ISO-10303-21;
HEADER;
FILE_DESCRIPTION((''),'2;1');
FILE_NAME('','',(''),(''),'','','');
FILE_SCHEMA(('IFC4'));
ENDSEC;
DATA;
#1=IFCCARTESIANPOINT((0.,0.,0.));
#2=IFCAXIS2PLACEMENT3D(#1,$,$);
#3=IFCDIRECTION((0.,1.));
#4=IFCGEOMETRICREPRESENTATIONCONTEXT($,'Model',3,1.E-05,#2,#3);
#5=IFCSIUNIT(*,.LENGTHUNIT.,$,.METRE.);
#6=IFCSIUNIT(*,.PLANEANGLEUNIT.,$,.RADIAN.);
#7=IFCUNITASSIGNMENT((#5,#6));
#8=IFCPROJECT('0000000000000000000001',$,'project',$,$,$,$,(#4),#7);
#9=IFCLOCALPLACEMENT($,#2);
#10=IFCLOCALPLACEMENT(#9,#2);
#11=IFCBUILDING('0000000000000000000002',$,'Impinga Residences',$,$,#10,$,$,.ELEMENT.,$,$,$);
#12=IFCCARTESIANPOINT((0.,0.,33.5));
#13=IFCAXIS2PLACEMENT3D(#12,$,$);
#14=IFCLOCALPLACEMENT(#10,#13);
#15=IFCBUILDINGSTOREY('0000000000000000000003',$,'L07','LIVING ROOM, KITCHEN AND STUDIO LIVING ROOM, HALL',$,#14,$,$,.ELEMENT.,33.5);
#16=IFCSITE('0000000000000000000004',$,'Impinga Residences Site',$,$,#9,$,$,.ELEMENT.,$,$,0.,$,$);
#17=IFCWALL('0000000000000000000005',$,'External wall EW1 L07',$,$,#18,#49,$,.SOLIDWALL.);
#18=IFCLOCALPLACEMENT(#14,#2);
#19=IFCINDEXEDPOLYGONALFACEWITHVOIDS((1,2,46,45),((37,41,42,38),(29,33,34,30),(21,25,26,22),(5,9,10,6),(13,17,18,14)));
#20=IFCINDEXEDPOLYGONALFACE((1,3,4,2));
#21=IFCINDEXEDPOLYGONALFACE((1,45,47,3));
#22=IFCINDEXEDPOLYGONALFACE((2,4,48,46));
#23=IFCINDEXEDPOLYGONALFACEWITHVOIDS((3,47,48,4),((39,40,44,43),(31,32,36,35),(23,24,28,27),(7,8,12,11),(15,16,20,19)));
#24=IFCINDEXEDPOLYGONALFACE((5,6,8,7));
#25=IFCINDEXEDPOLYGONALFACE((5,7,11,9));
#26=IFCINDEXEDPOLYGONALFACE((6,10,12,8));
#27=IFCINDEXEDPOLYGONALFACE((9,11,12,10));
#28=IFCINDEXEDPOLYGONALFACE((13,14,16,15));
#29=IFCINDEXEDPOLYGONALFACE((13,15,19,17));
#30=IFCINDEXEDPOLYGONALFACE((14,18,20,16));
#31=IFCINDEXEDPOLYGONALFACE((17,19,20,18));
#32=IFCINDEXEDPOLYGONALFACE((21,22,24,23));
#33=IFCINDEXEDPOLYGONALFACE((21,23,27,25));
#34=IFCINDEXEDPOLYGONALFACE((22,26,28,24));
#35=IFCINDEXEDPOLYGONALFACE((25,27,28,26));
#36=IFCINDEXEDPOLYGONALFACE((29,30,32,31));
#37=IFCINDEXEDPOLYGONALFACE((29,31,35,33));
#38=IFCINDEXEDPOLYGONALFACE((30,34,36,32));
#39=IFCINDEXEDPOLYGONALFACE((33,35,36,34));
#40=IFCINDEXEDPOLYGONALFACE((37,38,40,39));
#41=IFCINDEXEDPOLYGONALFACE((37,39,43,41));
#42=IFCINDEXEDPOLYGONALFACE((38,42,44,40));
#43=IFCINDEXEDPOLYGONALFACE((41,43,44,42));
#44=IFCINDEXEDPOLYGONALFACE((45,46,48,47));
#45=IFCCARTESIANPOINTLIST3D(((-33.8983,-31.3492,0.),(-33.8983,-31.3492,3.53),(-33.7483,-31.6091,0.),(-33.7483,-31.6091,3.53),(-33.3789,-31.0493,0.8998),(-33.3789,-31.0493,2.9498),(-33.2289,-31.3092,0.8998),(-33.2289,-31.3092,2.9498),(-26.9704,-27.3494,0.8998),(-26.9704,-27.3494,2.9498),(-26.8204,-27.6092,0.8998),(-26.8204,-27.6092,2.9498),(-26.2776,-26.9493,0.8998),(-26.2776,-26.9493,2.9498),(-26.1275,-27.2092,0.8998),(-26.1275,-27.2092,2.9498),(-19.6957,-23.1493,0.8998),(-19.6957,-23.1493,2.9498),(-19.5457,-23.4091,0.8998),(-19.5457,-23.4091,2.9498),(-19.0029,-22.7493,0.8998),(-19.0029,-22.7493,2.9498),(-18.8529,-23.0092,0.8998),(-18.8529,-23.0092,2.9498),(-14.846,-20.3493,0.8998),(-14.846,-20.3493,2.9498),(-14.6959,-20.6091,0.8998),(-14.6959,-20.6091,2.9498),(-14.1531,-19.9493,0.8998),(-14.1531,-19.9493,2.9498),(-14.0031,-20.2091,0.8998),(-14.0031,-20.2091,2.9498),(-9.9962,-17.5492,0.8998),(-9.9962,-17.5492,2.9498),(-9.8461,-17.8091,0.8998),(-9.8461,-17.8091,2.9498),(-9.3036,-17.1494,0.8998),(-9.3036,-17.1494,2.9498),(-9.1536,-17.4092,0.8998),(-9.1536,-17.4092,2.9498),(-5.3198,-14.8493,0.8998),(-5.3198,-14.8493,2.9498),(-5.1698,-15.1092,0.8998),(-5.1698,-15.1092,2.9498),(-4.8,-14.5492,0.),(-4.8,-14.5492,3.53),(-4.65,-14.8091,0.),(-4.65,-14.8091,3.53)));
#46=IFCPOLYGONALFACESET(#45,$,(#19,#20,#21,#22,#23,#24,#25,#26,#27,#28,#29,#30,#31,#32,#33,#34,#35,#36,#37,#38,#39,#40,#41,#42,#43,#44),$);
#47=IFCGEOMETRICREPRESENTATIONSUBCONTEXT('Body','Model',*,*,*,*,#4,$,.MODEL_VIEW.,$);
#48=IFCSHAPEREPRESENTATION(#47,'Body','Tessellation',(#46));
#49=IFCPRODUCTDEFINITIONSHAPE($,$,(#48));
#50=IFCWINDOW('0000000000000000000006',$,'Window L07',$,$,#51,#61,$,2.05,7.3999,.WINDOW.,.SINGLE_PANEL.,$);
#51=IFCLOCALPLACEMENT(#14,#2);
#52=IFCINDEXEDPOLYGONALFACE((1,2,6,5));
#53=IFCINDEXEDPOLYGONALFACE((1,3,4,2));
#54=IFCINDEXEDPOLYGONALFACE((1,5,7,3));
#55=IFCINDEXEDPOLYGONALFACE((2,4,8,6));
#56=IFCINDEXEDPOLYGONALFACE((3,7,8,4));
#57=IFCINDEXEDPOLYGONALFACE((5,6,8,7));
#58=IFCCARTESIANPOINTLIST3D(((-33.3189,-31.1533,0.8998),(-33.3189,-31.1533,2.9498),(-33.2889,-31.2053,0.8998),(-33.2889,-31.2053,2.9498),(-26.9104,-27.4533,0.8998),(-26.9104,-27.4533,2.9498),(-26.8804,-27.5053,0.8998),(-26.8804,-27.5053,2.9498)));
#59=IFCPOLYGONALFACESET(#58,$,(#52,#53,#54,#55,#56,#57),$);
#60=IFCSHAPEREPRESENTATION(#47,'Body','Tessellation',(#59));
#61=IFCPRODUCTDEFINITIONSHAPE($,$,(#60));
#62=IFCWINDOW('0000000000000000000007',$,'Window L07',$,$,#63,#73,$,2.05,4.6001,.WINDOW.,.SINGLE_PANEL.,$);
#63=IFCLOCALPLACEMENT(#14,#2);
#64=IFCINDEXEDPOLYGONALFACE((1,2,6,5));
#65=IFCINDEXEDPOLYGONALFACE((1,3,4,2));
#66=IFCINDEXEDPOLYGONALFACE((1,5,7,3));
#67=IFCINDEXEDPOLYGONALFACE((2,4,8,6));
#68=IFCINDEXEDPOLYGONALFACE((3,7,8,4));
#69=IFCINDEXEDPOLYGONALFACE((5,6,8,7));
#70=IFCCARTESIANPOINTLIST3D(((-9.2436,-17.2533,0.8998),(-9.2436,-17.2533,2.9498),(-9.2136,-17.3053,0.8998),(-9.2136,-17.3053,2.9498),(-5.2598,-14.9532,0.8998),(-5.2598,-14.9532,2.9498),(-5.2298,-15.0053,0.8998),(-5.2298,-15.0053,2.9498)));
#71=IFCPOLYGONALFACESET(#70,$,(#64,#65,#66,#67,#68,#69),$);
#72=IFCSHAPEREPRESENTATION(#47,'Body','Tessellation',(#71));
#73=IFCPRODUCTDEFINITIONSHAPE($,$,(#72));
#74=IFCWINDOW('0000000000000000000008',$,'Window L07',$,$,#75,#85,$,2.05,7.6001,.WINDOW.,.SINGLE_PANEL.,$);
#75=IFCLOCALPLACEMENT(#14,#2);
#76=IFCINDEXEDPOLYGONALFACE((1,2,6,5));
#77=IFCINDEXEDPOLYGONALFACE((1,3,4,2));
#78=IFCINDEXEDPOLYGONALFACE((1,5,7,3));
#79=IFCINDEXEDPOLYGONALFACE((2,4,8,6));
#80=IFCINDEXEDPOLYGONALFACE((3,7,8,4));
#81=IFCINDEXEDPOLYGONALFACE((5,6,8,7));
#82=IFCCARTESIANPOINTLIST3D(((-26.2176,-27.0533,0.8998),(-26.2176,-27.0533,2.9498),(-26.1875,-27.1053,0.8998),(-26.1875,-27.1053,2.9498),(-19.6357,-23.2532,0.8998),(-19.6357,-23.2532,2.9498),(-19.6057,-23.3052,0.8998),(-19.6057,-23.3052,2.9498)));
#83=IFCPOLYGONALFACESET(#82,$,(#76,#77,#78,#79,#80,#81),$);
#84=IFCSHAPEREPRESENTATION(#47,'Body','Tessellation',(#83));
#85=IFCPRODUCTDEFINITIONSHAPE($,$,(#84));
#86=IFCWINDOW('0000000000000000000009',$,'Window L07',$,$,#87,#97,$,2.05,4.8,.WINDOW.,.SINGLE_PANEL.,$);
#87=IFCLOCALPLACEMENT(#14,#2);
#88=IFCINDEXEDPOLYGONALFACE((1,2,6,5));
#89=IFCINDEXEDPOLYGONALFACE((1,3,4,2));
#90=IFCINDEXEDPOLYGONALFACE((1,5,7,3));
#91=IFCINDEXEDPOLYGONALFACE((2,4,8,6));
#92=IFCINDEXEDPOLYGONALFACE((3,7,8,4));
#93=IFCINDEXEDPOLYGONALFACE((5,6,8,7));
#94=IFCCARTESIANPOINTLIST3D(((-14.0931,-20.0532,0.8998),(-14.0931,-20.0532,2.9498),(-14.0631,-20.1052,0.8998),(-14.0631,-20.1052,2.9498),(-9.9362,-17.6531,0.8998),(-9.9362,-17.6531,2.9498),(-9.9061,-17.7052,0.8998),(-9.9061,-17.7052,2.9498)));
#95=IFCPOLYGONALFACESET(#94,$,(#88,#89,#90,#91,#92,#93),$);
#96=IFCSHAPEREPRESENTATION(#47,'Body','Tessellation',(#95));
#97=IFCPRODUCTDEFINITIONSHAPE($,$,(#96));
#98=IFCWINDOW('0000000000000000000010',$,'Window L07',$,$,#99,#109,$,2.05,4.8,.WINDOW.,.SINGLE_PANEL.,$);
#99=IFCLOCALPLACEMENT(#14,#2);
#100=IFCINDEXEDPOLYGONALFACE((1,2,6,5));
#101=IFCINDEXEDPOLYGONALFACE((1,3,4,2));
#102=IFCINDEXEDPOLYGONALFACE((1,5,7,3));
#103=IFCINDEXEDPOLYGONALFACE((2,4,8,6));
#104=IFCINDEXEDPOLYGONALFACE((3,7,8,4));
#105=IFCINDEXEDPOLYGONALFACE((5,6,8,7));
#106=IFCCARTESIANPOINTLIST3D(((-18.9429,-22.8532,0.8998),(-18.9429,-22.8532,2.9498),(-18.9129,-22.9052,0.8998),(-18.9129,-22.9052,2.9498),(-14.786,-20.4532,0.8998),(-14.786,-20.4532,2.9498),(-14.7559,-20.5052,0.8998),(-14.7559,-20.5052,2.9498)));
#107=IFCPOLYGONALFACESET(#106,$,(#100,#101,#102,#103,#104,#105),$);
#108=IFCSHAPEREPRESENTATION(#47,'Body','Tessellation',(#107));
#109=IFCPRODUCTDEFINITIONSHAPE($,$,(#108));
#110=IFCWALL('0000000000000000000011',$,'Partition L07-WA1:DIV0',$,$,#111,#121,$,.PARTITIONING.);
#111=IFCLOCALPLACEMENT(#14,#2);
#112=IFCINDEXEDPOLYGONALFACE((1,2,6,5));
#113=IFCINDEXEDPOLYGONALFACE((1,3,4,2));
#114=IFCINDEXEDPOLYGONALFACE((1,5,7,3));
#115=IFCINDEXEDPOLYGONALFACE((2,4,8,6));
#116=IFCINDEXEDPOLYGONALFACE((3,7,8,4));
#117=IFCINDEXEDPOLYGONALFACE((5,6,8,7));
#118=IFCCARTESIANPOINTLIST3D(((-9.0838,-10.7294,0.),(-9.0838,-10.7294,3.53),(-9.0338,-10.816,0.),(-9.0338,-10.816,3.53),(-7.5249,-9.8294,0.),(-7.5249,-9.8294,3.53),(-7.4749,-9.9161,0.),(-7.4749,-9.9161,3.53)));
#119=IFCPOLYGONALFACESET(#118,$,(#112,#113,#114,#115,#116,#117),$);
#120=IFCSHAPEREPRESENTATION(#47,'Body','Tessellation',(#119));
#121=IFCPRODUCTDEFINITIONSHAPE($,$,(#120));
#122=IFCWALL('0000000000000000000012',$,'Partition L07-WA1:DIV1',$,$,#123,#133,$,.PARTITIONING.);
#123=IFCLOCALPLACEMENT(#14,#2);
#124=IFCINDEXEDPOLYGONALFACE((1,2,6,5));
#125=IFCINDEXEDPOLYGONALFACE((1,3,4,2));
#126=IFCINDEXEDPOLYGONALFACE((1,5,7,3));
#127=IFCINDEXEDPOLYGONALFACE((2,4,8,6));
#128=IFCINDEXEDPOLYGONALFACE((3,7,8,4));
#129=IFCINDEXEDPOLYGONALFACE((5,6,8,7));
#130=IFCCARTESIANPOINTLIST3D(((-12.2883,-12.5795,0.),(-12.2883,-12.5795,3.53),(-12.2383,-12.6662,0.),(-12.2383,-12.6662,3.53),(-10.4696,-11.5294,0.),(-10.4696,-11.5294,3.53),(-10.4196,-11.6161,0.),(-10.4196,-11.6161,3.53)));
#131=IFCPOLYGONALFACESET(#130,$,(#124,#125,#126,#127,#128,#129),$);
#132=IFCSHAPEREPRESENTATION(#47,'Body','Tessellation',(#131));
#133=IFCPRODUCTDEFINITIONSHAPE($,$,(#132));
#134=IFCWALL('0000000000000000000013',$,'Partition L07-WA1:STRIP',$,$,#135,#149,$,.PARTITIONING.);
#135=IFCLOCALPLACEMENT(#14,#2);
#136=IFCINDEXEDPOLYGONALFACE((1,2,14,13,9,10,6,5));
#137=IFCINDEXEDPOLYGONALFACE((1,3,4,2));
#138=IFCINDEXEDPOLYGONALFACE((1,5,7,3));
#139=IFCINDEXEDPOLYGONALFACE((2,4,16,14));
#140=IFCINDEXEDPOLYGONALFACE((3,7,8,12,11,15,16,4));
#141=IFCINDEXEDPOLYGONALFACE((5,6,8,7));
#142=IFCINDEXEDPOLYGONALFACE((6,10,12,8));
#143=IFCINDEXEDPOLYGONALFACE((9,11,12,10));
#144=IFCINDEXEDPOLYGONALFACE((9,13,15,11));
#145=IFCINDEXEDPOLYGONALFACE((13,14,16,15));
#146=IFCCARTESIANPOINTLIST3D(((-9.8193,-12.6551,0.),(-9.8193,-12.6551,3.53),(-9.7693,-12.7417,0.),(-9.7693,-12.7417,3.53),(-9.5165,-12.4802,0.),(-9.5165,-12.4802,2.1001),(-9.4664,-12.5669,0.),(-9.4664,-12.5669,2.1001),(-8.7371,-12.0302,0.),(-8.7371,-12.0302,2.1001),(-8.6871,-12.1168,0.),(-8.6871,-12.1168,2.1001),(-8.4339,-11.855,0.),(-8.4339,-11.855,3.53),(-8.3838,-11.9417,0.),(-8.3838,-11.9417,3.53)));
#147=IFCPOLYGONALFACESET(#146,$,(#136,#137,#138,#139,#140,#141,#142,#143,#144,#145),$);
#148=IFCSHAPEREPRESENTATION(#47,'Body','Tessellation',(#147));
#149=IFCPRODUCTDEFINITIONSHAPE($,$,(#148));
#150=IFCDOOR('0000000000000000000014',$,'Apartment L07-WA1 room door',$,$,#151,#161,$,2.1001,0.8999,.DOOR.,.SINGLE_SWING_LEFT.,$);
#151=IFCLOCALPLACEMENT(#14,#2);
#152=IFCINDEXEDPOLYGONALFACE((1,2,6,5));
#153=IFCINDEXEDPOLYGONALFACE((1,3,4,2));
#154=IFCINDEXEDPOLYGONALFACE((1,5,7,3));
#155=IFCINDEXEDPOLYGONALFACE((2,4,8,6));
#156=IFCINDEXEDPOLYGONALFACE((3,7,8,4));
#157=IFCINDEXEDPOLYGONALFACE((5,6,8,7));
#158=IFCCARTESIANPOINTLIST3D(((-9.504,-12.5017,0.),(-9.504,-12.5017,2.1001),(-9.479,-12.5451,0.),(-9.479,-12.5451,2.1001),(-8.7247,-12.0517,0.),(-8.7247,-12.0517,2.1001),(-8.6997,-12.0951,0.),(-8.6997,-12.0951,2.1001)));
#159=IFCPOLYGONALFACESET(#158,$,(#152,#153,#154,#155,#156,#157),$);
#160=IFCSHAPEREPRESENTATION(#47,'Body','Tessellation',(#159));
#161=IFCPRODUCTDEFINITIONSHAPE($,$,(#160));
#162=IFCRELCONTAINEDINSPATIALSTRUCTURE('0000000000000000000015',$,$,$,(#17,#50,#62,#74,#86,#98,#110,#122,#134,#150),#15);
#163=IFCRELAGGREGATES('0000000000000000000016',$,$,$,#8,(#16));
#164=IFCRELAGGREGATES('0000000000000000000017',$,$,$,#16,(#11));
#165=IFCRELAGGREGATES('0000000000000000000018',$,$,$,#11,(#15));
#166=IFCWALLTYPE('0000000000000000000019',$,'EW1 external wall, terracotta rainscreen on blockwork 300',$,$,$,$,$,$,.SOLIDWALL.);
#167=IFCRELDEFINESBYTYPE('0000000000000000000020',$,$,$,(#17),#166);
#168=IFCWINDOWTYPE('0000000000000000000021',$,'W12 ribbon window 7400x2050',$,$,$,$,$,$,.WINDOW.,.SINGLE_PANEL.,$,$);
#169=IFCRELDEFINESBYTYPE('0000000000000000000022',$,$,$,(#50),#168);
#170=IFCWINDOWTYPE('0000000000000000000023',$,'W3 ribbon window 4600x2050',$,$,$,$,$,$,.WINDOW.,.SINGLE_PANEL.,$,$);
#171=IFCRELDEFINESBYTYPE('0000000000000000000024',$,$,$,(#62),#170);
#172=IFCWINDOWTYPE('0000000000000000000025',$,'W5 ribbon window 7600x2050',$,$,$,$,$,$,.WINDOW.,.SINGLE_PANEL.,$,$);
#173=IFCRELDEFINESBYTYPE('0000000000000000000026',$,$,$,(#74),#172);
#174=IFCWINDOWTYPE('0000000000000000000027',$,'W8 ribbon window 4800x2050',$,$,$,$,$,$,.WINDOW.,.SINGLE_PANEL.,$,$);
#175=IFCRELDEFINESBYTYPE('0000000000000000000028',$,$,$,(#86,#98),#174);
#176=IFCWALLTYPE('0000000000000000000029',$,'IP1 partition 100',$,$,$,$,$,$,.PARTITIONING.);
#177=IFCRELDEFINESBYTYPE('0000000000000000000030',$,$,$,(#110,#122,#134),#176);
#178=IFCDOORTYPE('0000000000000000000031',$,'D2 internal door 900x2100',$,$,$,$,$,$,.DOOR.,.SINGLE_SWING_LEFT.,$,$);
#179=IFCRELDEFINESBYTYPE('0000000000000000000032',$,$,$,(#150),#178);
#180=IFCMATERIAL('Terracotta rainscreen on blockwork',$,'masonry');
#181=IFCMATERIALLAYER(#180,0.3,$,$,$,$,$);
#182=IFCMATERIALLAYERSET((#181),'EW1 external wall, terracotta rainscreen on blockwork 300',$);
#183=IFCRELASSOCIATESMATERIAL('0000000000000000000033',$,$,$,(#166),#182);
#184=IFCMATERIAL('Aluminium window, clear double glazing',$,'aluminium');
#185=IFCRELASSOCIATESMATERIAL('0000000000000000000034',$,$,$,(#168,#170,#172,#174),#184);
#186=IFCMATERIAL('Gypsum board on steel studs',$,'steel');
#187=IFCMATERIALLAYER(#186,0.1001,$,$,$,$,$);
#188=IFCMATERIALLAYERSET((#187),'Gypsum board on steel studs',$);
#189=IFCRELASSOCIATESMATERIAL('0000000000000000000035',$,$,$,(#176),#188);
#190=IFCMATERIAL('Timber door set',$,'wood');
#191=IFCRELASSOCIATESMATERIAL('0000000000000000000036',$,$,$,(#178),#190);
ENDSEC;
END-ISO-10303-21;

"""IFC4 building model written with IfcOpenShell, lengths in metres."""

from ifc_helpers import new_model, si_unit, direction, frame, frame_2d, origin, place, context, subcontext, project, spatial, rectangle, extrude, material, layer, layer_set, type_object, element, fill, save


model = new_model("IFC4")

# Units and contexts
model_context = context("Model", 3, precision=1e-05, world=origin(), true_north=direction((0.0, 1.0)))
body_context = subcontext(model_context, "Body", "Model", "MODEL_VIEW")
ifc_project = project(units=[si_unit("LENGTHUNIT", "METRE"), si_unit("PLANEANGLEUNIT", "RADIAN")], contexts=[model_context])

# Site, building, storey
site_placement = place(None, origin())
site = spatial("IfcSite", under=ifc_project, at=site_placement, Name="Impinga Residences Site", CompositionType="ELEMENT", RefElevation=0.0)
building_placement = place(site_placement, origin())
building = spatial("IfcBuilding", under=site, at=building_placement, Name="Impinga Residences", CompositionType="ELEMENT")
storey_placement = place(building_placement, frame((0.0, 0.0, 33.5)))
storey = spatial("IfcBuildingStorey", under=building, at=storey_placement, Name="L07", Description="LIVING ROOM, KITCHEN AND STUDIO LIVING ROOM, HALL", CompositionType="ELEMENT", Elevation=33.5)

# Shared definitions
ifc_material_1 = material(Name="Timber door set", Category="wood")

# Shared definitions
ifc_material_2 = material(Name="Terracotta rainscreen on blockwork", Category="masonry")
ifc_layer_1 = layer(ifc_material_2, 0.3)
ifc_layer_set_1 = layer_set([ifc_layer_1], Name="EW1 external wall, terracotta rainscreen on blockwork 300")
wall_type_1 = type_object("IfcWallType", Name="EW1 external wall, terracotta rainscreen on blockwork 300", PredefinedType="SOLIDWALL", material=ifc_layer_set_1)

# Wall, openings, windows
wall_1_placement = place(storey_placement, frame((-4.7251, -14.6792, 0.0), z_axis=(0.0, 0.0, 1.0), x_axis=(-0.866024, -0.500002, 0.0)))
wall_1 = element("IfcWall", 1, at=wall_1_placement, inside=storey, type_object=wall_type_1, Name="External wall EW1 L07", PredefinedType="SOLIDWALL", context=body_context, shape_type="SweptSolid", body=[
    extrude(rectangle(XDim=33.5999, YDim=0.3, at=frame_2d((16.7998, 0.0))), origin(), (0.0, 0.0, 1.0), 3.53),
])
opening_1_placement = place(wall_1_placement, frame((0.6001, 0.0, 0.8999)))
opening_1 = element("IfcOpeningElement", 2, at=opening_1_placement, cuts=wall_1, PredefinedType="OPENING", context=body_context, shape_type="SweptSolid", body=[
    extrude(rectangle(XDim=4.6001, YDim=2.05, at=frame_2d((2.3, 1.0249))), frame((0.0, 0.1599, 0.0), z_axis=(0.0, -1.0, 0.0), x_axis=(1.0, 0.0, 0.0)), (0.0, 0.0, 1.0), 0.3201),
])
opening_2_placement = place(wall_1_placement, frame((6.0, 0.0, 0.8999)))
opening_2 = element("IfcOpeningElement", 3, at=opening_2_placement, cuts=wall_1, PredefinedType="OPENING", context=body_context, shape_type="SweptSolid", body=[
    extrude(rectangle(XDim=4.8, YDim=2.05, at=frame_2d((2.3999, 1.0249))), frame((0.0, 0.1599, 0.0), z_axis=(0.0, -1.0, 0.0), x_axis=(1.0, 0.0, 0.0)), (0.0, 0.0, 1.0), 0.3201),
])
opening_3_placement = place(wall_1_placement, frame((11.6001, 0.0, 0.8999)))
opening_3 = element("IfcOpeningElement", 4, at=opening_3_placement, cuts=wall_1, PredefinedType="OPENING", context=body_context, shape_type="SweptSolid", body=[
    extrude(rectangle(XDim=4.8, YDim=2.05, at=frame_2d((2.3999, 1.0249))), frame((0.0, 0.1599, 0.0), z_axis=(0.0, -1.0, 0.0), x_axis=(1.0, 0.0, 0.0)), (0.0, 0.0, 1.0), 0.3201),
])
opening_4_placement = place(wall_1_placement, frame((17.2, 0.0, 0.8999)))
opening_4 = element("IfcOpeningElement", 5, at=opening_4_placement, cuts=wall_1, PredefinedType="OPENING", context=body_context, shape_type="SweptSolid", body=[
    extrude(rectangle(XDim=7.6001, YDim=2.05, at=frame_2d((3.8, 1.0249))), frame((0.0, 0.1599, 0.0), z_axis=(0.0, -1.0, 0.0), x_axis=(1.0, 0.0, 0.0)), (0.0, 0.0, 1.0), 0.3201),
])
opening_5_placement = place(wall_1_placement, frame((25.6001, 0.0, 0.8999)))
opening_5 = element("IfcOpeningElement", 6, at=opening_5_placement, cuts=wall_1, PredefinedType="OPENING", context=body_context, shape_type="SweptSolid", body=[
    extrude(rectangle(XDim=7.3999, YDim=2.05, at=frame_2d((3.7, 1.0249))), frame((0.0, 0.1599, 0.0), z_axis=(0.0, -1.0, 0.0), x_axis=(1.0, 0.0, 0.0)), (0.0, 0.0, 1.0), 0.3201),
])
ifc_material_3 = material(Name="Aluminium window, clear double glazing", Category="aluminium")
window_type_1 = type_object("IfcWindowType", Name="W12 ribbon window 7400x2050", PartitioningType="SINGLE_PANEL", PredefinedType="WINDOW", material=ifc_material_3)
window_1_placement = place(opening_5_placement, origin())
window_1 = element("IfcWindow", 7, at=window_1_placement, inside=storey, type_object=window_type_1, Name="Window L07", OverallHeight=2.05, OverallWidth=7.3999, PartitioningType="SINGLE_PANEL", PredefinedType="WINDOW", context=body_context, shape_type="SweptSolid", body=[
    extrude(rectangle(XDim=7.3999, YDim=2.05, at=frame_2d((3.7, 1.0249))), frame((0.0, 0.03, 0.0), z_axis=(0.0, -1.0, 0.0), x_axis=(1.0, 0.0, 0.0)), (0.0, 0.0, 1.0), 0.0601),
])
fill(opening_5, window_1)
window_type_2 = type_object("IfcWindowType", Name="W3 ribbon window 4600x2050", PartitioningType="SINGLE_PANEL", PredefinedType="WINDOW", material=ifc_material_3)
window_2_placement = place(opening_1_placement, origin())
window_2 = element("IfcWindow", 8, at=window_2_placement, inside=storey, type_object=window_type_2, Name="Window L07", OverallHeight=2.05, OverallWidth=4.6001, PartitioningType="SINGLE_PANEL", PredefinedType="WINDOW", context=body_context, shape_type="SweptSolid", body=[
    extrude(rectangle(XDim=4.6001, YDim=2.05, at=frame_2d((2.3, 1.0249))), frame((0.0, 0.03, 0.0), z_axis=(0.0, -1.0, 0.0), x_axis=(1.0, 0.0, 0.0)), (0.0, 0.0, 1.0), 0.0601),
])
fill(opening_1, window_2)
window_type_3 = type_object("IfcWindowType", Name="W5 ribbon window 7600x2050", PartitioningType="SINGLE_PANEL", PredefinedType="WINDOW", material=ifc_material_3)
window_3_placement = place(opening_4_placement, origin())
window_3 = element("IfcWindow", 9, at=window_3_placement, inside=storey, type_object=window_type_3, Name="Window L07", OverallHeight=2.05, OverallWidth=7.6001, PartitioningType="SINGLE_PANEL", PredefinedType="WINDOW", context=body_context, shape_type="SweptSolid", body=[
    extrude(rectangle(XDim=7.6001, YDim=2.05, at=frame_2d((3.8, 1.0249))), frame((0.0, 0.03, 0.0), z_axis=(0.0, -1.0, 0.0), x_axis=(1.0, 0.0, 0.0)), (0.0, 0.0, 1.0), 0.0601),
])
fill(opening_4, window_3)
window_type_4 = type_object("IfcWindowType", Name="W8 ribbon window 4800x2050", PartitioningType="SINGLE_PANEL", PredefinedType="WINDOW", material=ifc_material_3)
window_4_placement = place(opening_2_placement, origin())
window_4 = element("IfcWindow", 10, at=window_4_placement, inside=storey, type_object=window_type_4, Name="Window L07", OverallHeight=2.05, OverallWidth=4.8, PartitioningType="SINGLE_PANEL", PredefinedType="WINDOW", context=body_context, shape_type="SweptSolid", body=[
    extrude(rectangle(XDim=4.8, YDim=2.05, at=frame_2d((2.3999, 1.0249))), frame((0.0, 0.03, 0.0), z_axis=(0.0, -1.0, 0.0), x_axis=(1.0, 0.0, 0.0)), (0.0, 0.0, 1.0), 0.0601),
])
fill(opening_2, window_4)
window_5_placement = place(opening_3_placement, origin())
window_5 = element("IfcWindow", 11, at=window_5_placement, inside=storey, type_object=window_type_4, Name="Window L07", OverallHeight=2.05, OverallWidth=4.8, PartitioningType="SINGLE_PANEL", PredefinedType="WINDOW", context=body_context, shape_type="SweptSolid", body=[
    extrude(rectangle(XDim=4.8, YDim=2.05, at=frame_2d((2.3999, 1.0249))), frame((0.0, 0.03, 0.0), z_axis=(0.0, -1.0, 0.0), x_axis=(1.0, 0.0, 0.0)), (0.0, 0.0, 1.0), 0.0601),
])
fill(opening_3, window_5)

# Walls
ifc_material_4 = material(Name="Gypsum board on steel studs", Category="steel")
ifc_layer_2 = layer(ifc_material_4, 0.1001)
ifc_layer_set_2 = layer_set([ifc_layer_2], Name="Gypsum board on steel studs")
wall_type_2 = type_object("IfcWallType", Name="IP1 partition 100", PredefinedType="PARTITIONING", material=ifc_layer_set_2)
wall_2_placement = place(storey_placement, frame((-7.5, -9.8728, 0.0), z_axis=(0.0, 0.0, 1.0), x_axis=(-0.866048, -0.499961, 0.0)))
element("IfcWall", 12, at=wall_2_placement, inside=storey, type_object=wall_type_2, Name="Partition L07-WA1:DIV0", PredefinedType="PARTITIONING", context=body_context, shape_type="SweptSolid", body=[
    extrude(rectangle(XDim=1.8, YDim=0.1001, at=frame_2d((0.8999, 0.0))), origin(), (0.0, 0.0, 1.0), 3.53),
])
wall_3_placement = place(storey_placement, frame((-10.4446, -11.5728, 0.0), z_axis=(0.0, 0.0, 1.0), x_axis=(-0.866009, -0.500028, 0.0)))
element("IfcWall", 13, at=wall_3_placement, inside=storey, type_object=wall_type_2, Name="Partition L07-WA1:DIV1", PredefinedType="PARTITIONING", context=body_context, shape_type="SweptSolid", body=[
    extrude(rectangle(XDim=2.1001, YDim=0.1001, at=frame_2d((1.05, 0.0))), origin(), (0.0, 0.0, 1.0), 3.53),
])

# Wall, opening, door
wall_4_placement = place(storey_placement, frame((-8.4089, -11.8984, 0.0), z_axis=(0.0, 0.0, 1.0), x_axis=(-0.86599, -0.500061, 0.0)))
wall_4 = element("IfcWall", 14, at=wall_4_placement, inside=storey, type_object=wall_type_2, Name="Partition L07-WA1:STRIP", PredefinedType="PARTITIONING", context=body_context, shape_type="SweptSolid", body=[
    extrude(rectangle(XDim=1.5999, YDim=0.1001, at=frame_2d((0.7998, 0.0))), origin(), (0.0, 0.0, 1.0), 3.53),
])
opening_6_placement = place(wall_4_placement, frame((0.3501, 0.0, 0.0)))
opening_6 = element("IfcOpeningElement", 15, at=opening_6_placement, cuts=wall_4, PredefinedType="OPENING", context=body_context, shape_type="SweptSolid", body=[
    extrude(rectangle(XDim=0.8999, YDim=2.1001, at=frame_2d((0.45, 1.05))), frame((0.0, 0.0601, 0.0), z_axis=(0.0, -1.0, 0.0), x_axis=(1.0, 0.0, 0.0)), (0.0, 0.0, 1.0), 0.1201),
])
door_type_1 = type_object("IfcDoorType", Name="D2 internal door 900x2100", OperationType="SINGLE_SWING_LEFT", PredefinedType="DOOR", material=ifc_material_1)
door_1_placement = place(opening_6_placement, origin())
door_1 = element("IfcDoor", 16, at=door_1_placement, inside=storey, type_object=door_type_1, Name="Apartment L07-WA1 room door", OperationType="SINGLE_SWING_LEFT", OverallHeight=2.1001, OverallWidth=0.8999, PredefinedType="DOOR", context=body_context, shape_type="SweptSolid", body=[
    extrude(rectangle(XDim=0.8999, YDim=2.1001, at=frame_2d((0.45, 1.05))), frame((0.0, 0.0249, 0.0), z_axis=(0.0, -1.0, 0.0), x_axis=(1.0, 0.0, 0.0)), (0.0, 0.0, 1.0), 0.05),
])
fill(opening_6, door_1)

save(model, "model.ifc")
